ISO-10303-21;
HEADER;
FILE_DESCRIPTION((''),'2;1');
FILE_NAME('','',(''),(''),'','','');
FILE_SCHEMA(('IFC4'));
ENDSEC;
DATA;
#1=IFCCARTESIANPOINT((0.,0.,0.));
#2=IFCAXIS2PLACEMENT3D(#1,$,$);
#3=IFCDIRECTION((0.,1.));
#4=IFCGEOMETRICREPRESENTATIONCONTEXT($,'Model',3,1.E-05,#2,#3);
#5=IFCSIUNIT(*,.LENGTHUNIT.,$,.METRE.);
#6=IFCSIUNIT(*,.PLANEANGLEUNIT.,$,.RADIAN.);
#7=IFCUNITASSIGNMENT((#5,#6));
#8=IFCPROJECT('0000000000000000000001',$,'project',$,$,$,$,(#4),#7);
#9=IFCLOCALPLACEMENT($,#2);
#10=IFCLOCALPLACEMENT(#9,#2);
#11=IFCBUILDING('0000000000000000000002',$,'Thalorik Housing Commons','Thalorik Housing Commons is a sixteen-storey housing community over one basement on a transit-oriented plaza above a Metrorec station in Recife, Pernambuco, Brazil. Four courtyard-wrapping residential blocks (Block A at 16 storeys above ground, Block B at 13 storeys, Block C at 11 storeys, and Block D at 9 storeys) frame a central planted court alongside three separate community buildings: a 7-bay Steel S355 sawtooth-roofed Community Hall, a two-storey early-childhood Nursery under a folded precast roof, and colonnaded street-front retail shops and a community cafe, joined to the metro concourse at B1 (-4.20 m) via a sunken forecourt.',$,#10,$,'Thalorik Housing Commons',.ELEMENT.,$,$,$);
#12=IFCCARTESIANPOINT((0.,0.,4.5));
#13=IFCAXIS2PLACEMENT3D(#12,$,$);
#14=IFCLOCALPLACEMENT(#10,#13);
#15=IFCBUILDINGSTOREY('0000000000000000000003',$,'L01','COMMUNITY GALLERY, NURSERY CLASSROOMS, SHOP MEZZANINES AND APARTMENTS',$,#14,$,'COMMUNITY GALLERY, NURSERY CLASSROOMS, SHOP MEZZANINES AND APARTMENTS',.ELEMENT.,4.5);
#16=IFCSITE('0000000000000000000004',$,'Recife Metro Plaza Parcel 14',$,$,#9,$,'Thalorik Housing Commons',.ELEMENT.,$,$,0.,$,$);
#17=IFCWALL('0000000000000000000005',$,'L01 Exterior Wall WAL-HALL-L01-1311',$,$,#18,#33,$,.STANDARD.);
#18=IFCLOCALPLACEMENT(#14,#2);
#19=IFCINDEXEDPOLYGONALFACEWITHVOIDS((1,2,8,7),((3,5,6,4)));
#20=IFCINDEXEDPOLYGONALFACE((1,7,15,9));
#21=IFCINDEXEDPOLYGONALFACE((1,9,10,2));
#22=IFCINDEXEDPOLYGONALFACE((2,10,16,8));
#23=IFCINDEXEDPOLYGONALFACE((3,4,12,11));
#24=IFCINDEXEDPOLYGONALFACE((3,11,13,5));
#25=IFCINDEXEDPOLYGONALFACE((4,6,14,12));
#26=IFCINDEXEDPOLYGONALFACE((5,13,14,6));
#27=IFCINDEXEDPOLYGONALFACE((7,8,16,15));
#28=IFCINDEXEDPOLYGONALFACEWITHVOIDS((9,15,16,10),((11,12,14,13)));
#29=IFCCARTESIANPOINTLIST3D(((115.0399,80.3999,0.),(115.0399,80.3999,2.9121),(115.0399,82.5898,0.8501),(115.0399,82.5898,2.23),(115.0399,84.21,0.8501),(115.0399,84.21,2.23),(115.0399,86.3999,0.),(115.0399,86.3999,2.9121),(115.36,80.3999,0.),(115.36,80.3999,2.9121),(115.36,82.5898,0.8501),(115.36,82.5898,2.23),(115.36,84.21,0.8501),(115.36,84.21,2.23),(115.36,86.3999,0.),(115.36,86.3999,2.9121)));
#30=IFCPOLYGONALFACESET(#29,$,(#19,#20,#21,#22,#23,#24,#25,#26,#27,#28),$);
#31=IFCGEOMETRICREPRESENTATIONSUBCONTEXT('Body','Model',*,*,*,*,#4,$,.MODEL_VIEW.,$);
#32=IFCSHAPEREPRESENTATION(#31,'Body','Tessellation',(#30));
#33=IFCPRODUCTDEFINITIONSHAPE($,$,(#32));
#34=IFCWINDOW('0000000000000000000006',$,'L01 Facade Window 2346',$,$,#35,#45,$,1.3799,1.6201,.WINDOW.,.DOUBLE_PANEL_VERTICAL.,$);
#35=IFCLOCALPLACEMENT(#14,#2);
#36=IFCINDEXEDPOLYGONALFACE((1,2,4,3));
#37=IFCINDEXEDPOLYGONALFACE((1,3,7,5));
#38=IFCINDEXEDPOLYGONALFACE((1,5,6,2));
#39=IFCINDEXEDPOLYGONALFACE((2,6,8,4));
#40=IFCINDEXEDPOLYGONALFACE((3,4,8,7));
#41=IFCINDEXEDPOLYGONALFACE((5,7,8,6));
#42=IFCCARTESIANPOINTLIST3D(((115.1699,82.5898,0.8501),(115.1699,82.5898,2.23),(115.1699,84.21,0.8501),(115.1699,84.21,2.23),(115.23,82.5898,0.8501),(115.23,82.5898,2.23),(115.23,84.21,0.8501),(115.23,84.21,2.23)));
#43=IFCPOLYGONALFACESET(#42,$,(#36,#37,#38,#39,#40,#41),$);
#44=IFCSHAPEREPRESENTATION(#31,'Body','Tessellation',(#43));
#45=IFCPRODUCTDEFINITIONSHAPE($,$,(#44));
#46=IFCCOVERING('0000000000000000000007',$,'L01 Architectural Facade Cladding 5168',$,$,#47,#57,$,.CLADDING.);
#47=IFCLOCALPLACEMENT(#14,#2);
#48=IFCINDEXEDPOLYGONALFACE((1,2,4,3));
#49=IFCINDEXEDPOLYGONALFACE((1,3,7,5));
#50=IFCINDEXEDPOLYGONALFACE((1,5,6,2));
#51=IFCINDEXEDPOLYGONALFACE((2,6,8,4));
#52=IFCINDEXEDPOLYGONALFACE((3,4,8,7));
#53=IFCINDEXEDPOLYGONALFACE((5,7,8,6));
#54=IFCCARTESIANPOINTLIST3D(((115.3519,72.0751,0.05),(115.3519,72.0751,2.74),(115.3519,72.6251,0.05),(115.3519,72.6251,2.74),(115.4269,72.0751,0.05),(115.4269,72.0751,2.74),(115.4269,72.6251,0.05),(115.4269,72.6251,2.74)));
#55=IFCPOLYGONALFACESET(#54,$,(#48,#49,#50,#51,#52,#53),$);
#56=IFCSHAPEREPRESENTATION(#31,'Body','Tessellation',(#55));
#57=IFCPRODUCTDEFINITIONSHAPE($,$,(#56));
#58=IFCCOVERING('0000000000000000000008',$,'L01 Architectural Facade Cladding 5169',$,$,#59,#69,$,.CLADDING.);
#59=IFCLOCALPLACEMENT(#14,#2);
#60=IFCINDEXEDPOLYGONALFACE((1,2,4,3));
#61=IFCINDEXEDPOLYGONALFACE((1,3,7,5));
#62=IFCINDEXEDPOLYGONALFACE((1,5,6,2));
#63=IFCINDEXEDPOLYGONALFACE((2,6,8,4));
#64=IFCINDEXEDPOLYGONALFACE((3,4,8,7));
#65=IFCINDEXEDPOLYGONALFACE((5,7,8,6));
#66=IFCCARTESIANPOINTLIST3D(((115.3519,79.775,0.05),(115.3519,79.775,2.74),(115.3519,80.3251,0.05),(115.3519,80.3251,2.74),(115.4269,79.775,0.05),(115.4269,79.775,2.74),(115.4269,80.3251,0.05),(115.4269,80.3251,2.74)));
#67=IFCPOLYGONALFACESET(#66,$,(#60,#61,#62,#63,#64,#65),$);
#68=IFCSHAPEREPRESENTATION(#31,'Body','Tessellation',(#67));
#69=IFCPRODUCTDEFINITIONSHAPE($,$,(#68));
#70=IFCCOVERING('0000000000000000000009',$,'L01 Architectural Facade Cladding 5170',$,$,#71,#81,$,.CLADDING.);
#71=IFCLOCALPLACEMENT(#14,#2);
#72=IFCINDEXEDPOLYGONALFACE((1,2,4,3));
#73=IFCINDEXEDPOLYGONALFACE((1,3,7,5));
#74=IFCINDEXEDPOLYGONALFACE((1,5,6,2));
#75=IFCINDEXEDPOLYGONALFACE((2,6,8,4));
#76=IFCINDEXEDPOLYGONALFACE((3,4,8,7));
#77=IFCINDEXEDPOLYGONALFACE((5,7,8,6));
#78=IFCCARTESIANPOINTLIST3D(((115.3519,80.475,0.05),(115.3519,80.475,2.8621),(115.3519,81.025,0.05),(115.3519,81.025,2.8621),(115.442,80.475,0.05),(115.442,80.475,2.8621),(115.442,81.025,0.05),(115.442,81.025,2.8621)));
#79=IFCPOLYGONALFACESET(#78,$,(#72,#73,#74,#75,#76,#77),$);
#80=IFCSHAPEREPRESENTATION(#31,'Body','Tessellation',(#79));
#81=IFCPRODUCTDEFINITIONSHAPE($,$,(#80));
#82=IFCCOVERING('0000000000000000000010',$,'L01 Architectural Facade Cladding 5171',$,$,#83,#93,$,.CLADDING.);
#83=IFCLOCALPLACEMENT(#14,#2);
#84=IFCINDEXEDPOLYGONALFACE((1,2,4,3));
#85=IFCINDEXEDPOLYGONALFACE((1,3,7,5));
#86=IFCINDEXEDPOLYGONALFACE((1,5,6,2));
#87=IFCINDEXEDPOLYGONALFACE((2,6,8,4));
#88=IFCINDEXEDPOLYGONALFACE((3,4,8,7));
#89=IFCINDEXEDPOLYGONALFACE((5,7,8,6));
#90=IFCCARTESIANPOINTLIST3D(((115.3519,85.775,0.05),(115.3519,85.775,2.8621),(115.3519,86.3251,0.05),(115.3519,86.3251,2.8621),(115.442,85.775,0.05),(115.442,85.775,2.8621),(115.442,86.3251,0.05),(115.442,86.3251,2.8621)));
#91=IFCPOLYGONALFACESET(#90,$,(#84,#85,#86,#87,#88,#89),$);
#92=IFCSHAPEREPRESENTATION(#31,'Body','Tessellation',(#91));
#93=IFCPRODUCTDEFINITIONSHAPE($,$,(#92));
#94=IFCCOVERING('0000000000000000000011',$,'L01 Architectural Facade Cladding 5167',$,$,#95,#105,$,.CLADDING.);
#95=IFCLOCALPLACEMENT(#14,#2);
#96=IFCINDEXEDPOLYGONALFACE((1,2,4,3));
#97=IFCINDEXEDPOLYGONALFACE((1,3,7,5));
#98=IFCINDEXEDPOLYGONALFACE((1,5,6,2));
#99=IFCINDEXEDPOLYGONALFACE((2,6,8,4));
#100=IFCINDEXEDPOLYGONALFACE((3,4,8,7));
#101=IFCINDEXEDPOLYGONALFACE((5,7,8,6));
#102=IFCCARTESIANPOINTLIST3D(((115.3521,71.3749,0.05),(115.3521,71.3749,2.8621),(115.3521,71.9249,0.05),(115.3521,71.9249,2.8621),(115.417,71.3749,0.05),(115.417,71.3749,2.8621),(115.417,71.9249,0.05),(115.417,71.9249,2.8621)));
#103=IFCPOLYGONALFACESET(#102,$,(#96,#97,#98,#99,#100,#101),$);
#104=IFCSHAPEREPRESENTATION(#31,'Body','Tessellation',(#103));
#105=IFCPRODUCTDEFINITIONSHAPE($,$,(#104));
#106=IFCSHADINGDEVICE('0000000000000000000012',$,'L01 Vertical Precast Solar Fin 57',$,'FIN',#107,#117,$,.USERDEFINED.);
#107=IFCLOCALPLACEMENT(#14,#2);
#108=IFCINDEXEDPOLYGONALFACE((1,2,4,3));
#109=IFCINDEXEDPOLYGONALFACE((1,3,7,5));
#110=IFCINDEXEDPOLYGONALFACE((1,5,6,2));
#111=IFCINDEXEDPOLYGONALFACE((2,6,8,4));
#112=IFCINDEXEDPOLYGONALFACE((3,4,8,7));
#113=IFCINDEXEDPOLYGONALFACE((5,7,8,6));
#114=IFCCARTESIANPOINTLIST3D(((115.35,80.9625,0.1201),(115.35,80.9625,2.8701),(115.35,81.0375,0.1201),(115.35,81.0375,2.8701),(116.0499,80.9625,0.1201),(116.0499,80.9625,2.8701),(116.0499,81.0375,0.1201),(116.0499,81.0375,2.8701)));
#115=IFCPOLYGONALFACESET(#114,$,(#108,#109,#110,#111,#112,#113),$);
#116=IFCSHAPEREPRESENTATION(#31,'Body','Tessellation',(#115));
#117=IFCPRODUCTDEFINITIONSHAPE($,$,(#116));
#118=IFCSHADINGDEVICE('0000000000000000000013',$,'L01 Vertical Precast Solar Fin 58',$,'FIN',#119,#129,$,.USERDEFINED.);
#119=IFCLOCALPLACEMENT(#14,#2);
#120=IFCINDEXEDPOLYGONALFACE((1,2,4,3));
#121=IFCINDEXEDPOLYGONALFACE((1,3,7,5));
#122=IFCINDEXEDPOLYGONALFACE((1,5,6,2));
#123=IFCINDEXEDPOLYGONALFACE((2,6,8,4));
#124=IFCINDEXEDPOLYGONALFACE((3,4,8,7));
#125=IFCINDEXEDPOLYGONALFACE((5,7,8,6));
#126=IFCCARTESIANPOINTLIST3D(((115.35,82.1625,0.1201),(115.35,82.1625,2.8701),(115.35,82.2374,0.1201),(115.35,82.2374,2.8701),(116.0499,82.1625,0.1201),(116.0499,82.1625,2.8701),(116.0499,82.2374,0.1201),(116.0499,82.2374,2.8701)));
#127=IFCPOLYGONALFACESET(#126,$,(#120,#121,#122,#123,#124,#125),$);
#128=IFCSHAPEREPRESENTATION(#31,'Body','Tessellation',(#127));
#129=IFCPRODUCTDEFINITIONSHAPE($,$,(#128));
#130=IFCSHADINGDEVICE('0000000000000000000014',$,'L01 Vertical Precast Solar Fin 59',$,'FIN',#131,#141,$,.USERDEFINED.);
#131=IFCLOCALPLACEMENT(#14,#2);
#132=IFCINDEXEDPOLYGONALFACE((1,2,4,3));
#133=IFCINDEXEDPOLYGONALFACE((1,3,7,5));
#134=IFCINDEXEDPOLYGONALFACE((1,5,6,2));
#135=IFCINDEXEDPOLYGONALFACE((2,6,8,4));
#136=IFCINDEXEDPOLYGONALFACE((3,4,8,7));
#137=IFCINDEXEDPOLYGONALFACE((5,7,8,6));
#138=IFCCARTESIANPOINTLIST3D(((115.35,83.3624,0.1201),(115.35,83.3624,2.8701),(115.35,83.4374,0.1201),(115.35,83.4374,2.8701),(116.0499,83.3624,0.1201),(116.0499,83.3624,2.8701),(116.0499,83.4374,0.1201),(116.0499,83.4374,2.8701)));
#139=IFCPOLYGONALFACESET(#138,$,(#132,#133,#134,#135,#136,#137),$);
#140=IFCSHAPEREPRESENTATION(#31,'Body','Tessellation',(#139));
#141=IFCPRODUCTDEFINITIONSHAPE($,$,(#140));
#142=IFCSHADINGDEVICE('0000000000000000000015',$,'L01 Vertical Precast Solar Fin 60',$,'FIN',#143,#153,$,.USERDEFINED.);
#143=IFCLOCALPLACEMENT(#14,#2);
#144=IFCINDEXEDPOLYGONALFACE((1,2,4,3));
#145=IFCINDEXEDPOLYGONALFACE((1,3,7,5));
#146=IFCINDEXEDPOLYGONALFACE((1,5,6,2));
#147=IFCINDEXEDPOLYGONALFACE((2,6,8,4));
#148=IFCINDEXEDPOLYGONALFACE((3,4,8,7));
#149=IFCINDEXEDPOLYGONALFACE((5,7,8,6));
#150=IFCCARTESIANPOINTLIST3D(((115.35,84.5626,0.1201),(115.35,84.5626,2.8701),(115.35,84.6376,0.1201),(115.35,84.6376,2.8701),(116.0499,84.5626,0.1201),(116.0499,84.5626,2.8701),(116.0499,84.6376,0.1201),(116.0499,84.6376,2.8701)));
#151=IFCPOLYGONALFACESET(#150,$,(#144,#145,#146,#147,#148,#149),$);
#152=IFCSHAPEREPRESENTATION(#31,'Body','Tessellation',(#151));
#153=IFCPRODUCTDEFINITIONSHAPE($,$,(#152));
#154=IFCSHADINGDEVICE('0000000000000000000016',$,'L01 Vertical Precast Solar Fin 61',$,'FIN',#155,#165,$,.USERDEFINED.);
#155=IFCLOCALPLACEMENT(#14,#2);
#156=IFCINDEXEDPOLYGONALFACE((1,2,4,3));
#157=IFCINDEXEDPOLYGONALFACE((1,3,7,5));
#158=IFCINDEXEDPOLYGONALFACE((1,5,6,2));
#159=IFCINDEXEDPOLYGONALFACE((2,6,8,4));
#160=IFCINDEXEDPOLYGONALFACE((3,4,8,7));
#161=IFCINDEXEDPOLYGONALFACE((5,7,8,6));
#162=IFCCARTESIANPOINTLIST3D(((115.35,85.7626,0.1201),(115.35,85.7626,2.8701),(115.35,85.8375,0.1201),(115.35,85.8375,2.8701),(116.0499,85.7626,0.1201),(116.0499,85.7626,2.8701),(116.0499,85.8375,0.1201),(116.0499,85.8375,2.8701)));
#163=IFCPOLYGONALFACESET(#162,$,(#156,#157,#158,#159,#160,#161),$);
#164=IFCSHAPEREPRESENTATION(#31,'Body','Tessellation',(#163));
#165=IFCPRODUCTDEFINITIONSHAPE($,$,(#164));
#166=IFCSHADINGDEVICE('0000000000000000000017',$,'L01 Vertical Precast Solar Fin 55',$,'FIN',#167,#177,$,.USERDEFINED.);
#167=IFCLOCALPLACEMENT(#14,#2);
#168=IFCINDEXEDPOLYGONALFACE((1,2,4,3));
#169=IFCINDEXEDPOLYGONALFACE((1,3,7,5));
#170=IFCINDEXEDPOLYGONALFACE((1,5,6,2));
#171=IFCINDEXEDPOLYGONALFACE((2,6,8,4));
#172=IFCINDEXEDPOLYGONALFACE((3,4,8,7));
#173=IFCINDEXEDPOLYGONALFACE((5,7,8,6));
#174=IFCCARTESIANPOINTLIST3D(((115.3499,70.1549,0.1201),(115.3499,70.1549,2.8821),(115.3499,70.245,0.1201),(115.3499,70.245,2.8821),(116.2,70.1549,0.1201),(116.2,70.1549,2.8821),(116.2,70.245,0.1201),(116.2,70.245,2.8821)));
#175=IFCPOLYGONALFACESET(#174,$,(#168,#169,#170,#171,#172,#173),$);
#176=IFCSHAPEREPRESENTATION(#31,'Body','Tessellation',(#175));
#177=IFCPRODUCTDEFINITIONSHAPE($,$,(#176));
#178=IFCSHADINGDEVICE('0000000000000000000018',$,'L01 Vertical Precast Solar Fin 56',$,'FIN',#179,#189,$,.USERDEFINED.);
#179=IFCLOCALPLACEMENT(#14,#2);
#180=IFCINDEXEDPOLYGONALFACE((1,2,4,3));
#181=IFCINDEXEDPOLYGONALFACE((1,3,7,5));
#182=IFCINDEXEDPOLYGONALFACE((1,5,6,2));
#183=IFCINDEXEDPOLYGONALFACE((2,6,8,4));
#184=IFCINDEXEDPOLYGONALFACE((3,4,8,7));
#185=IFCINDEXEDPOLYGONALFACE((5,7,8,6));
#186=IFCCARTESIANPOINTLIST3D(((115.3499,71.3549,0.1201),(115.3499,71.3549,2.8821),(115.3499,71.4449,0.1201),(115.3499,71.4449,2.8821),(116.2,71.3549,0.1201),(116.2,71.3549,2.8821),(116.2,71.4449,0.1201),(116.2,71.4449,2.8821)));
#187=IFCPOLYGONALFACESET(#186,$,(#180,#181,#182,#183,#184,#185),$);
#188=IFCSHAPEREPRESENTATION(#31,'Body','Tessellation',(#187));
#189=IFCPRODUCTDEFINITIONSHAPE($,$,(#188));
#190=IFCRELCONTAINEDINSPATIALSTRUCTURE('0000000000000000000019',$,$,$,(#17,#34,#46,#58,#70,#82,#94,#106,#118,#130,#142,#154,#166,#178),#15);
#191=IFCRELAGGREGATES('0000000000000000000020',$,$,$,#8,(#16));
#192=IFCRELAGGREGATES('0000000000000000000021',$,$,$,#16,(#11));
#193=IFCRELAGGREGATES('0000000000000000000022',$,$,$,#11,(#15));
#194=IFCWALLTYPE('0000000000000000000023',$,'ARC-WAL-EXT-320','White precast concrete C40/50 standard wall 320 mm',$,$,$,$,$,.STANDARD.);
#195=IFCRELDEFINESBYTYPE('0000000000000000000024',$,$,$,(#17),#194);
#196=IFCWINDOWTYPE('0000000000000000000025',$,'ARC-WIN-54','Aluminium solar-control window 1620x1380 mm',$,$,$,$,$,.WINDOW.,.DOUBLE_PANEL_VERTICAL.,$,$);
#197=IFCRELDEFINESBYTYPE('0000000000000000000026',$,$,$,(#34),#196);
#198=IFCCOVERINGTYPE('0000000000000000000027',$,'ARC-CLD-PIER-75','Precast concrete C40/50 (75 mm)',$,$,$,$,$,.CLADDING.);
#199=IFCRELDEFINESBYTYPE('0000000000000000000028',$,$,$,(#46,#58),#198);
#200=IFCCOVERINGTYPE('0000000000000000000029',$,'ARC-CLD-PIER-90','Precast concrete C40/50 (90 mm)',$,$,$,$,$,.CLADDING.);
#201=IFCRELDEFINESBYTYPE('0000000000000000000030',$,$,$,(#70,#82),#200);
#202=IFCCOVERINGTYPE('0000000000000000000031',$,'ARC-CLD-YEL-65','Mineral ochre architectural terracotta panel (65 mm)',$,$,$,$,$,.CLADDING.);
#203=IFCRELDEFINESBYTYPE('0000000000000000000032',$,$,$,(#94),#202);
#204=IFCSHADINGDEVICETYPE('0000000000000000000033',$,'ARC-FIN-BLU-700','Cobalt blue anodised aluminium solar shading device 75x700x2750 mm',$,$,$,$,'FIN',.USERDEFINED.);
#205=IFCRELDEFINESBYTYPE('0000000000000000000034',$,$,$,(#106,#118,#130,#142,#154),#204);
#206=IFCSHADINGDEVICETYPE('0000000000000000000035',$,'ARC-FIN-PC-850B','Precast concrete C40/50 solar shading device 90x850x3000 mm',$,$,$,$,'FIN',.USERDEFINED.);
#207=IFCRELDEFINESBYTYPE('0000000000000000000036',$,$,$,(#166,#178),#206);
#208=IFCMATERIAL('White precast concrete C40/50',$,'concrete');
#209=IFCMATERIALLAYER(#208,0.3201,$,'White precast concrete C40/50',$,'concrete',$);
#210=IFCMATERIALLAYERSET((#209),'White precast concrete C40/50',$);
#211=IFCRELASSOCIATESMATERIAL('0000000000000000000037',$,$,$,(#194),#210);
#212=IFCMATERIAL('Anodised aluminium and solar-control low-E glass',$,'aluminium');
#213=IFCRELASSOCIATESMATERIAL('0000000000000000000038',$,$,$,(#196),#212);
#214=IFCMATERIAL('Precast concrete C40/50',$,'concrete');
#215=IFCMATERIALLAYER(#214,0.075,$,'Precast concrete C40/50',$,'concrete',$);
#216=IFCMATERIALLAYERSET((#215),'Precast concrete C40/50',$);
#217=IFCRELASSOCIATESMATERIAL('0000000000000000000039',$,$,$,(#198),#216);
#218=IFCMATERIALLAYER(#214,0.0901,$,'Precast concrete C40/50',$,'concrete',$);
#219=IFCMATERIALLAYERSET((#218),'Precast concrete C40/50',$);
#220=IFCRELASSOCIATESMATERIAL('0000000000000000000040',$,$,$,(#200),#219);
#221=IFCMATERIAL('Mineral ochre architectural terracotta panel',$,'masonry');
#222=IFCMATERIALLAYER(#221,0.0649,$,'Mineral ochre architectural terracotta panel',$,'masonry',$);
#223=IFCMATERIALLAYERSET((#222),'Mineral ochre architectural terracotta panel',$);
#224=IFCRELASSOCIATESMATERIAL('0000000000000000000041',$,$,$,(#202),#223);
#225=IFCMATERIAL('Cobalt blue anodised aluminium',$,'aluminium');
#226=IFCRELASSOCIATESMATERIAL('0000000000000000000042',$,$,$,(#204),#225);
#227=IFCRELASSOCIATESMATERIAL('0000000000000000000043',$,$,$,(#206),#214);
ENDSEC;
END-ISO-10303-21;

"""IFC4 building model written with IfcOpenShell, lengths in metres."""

from ifc_helpers import new_model, si_unit, direction, frame, frame_2d, origin, origin_2d, place, context, subcontext, project, spatial, rectangle, extrude, material, layer, layer_set, type_object, element, fill, save


model = new_model("IFC4")

# Units and contexts
model_context = context("Model", 3, precision=1e-05, world=origin(), true_north=direction((0.0, 1.0)))
body_context = subcontext(model_context, "Body", "Model", "MODEL_VIEW")
ifc_project = project(units=[si_unit("LENGTHUNIT", "METRE"), si_unit("PLANEANGLEUNIT", "RADIAN")], contexts=[model_context])

# Site, building, storey
site_placement = place(None, origin())
site = spatial("IfcSite", under=ifc_project, at=site_placement, Name="Recife Metro Plaza Parcel 14", LongName="Thalorik Housing Commons", CompositionType="ELEMENT", RefElevation=0.0)
building_placement = place(site_placement, origin())
building = spatial("IfcBuilding", under=site, at=building_placement, Name="Thalorik Housing Commons", Description="Thalorik Housing Commons is a sixteen-storey housing community over one basement on a transit-oriented plaza above a Metrorec station in Recife, Pernambuco, Brazil. Four courtyard-wrapping residential blocks (Block A at 16 storeys above ground, Block B at 13 storeys, Block C at 11 storeys, and Block D at 9 storeys) frame a central planted court alongside three separate community buildings: a 7-bay Steel S355 sawtooth-roofed Community Hall, a two-storey early-childhood Nursery under a folded precast roof, and colonnaded street-front retail shops and a community cafe, joined to the metro concourse at B1 (-4.20 m) via a sunken forecourt.", LongName="Thalorik Housing Commons", CompositionType="ELEMENT")
storey_placement = place(building_placement, frame((0.0, 0.0, 4.5)))
storey = spatial("IfcBuildingStorey", under=building, at=storey_placement, Name="L01", Description="COMMUNITY GALLERY, NURSERY CLASSROOMS, SHOP MEZZANINES AND APARTMENTS", LongName="COMMUNITY GALLERY, NURSERY CLASSROOMS, SHOP MEZZANINES AND APARTMENTS", CompositionType="ELEMENT", Elevation=4.5)

# Wall, opening, window
ifc_material_1 = material(Name="White precast concrete C40/50", Category="concrete")
ifc_layer_1 = layer(ifc_material_1, 0.3201, Name="White precast concrete C40/50", Category="concrete")
ifc_layer_set_1 = layer_set([ifc_layer_1], Name="White precast concrete C40/50")
wall_type = type_object("IfcWallType", Name="ARC-WAL-EXT-320", Description="White precast concrete C40/50 standard wall 320 mm", PredefinedType="STANDARD", material=ifc_layer_set_1)
ifc_material_2 = material(Name="Anodised aluminium and solar-control low-E glass", Category="aluminium")
wall_1_placement = place(storey_placement, frame((115.2, 80.3999, 0.0), z_axis=(0.0, 0.0, 1.0), x_axis=(0.0, 1.0, 0.0)))
wall_1 = element("IfcWall", 1, at=wall_1_placement, inside=storey, type_object=wall_type, Name="L01 Exterior Wall WAL-HALL-L01-1311", PredefinedType="STANDARD", context=body_context, shape_type="SweptSolid", body=[
    extrude(rectangle(XDim=6.0, YDim=0.3201, at=frame_2d((3.0, 0.0))), origin(), (0.0, 0.0, 1.0), 2.9121),
])
opening_1_placement = place(wall_1_placement, frame((2.1899, 0.0, 0.8501)))
opening_1 = element("IfcOpeningElement", 2, at=opening_1_placement, cuts=wall_1, PredefinedType="OPENING", context=body_context, shape_type="SweptSolid", body=[
    extrude(rectangle(XDim=1.6201, YDim=1.3799, at=frame_2d((0.8101, 0.6899))), frame((0.0, 0.1699, 0.0), z_axis=(0.0, -1.0, 0.0), x_axis=(1.0, 0.0, 0.0)), (0.0, 0.0, 1.0), 0.3401),
])
window_type_1 = type_object("IfcWindowType", Name="ARC-WIN-54", Description="Aluminium solar-control window 1620x1380 mm", PartitioningType="DOUBLE_PANEL_VERTICAL", PredefinedType="WINDOW", material=ifc_material_2)
window_1_placement = place(opening_1_placement, origin())
window_1 = element("IfcWindow", 3, at=window_1_placement, inside=storey, type_object=window_type_1, Name="L01 Facade Window 2346", OverallHeight=1.3799, OverallWidth=1.6201, PartitioningType="DOUBLE_PANEL_VERTICAL", PredefinedType="WINDOW", context=body_context, shape_type="SweptSolid", body=[
    extrude(rectangle(XDim=1.6201, YDim=1.3799, at=frame_2d((0.8101, 0.6899))), frame((0.0, 0.03, 0.0), z_axis=(0.0, -1.0, 0.0), x_axis=(1.0, 0.0, 0.0)), (0.0, 0.0, 1.0), 0.0601),
])
fill(opening_1, window_1)

# Coverings
ifc_material_3 = material(Name="Precast concrete C40/50", Category="concrete")
ifc_layer_2 = layer(ifc_material_3, 0.075, Name="Precast concrete C40/50", Category="concrete")
ifc_layer_set_2 = layer_set([ifc_layer_2], Name="Precast concrete C40/50")
covering_type_1 = type_object("IfcCoveringType", Name="ARC-CLD-PIER-75", Description="Precast concrete C40/50 (75 mm)", PredefinedType="CLADDING", material=ifc_layer_set_2)
for number, where, z_axis, x_axis, name in (
    (4, (115.3894, 72.3501, 0.05), (0.0, 0.0, 1.0), (0.0, 1.0, 0.0), "L01 Architectural Facade Cladding 5168"),
    (5, (115.3894, 80.05, 0.05), (0.0, 0.0, 1.0), (0.0, 1.0, 0.0), "L01 Architectural Facade Cladding 5169"),
):
    element("IfcCovering", number, at=place(storey_placement, frame(where, z_axis=z_axis, x_axis=x_axis)), inside=storey, type_object=covering_type_1, Name=name, PredefinedType="CLADDING", context=body_context, shape_type="SweptSolid", body=[
        extrude(rectangle(XDim=0.55, YDim=0.075, at=origin_2d()), origin(), (0.0, 0.0, 1.0), 2.6899),
    ])
ifc_layer_3 = layer(ifc_material_3, 0.0901, Name="Precast concrete C40/50", Category="concrete")
ifc_layer_set_3 = layer_set([ifc_layer_3], Name="Precast concrete C40/50")
covering_type_2 = type_object("IfcCoveringType", Name="ARC-CLD-PIER-90", Description="Precast concrete C40/50 (90 mm)", PredefinedType="CLADDING", material=ifc_layer_set_3)
for number, where, z_axis, x_axis, name in (
    (6, (115.397, 80.75, 0.05), (0.0, 0.0, 1.0), (0.0, 1.0, 0.0), "L01 Architectural Facade Cladding 5170"),
    (7, (115.397, 86.05, 0.05), (0.0, 0.0, 1.0), (0.0, 1.0, 0.0), "L01 Architectural Facade Cladding 5171"),
):
    element("IfcCovering", number, at=place(storey_placement, frame(where, z_axis=z_axis, x_axis=x_axis)), inside=storey, type_object=covering_type_2, Name=name, PredefinedType="CLADDING", context=body_context, shape_type="SweptSolid", body=[
        extrude(rectangle(XDim=0.55, YDim=0.0901, at=origin_2d()), origin(), (0.0, 0.0, 1.0), 2.812),
    ])
ifc_material_4 = material(Name="Mineral ochre architectural terracotta panel", Category="masonry")
ifc_layer_4 = layer(ifc_material_4, 0.0649, Name="Mineral ochre architectural terracotta panel", Category="masonry")
ifc_layer_set_4 = layer_set([ifc_layer_4], Name="Mineral ochre architectural terracotta panel")
covering_type_3 = type_object("IfcCoveringType", Name="ARC-CLD-YEL-65", Description="Mineral ochre architectural terracotta panel (65 mm)", PredefinedType="CLADDING", material=ifc_layer_set_4)
covering_placement = place(storey_placement, frame((115.3845, 71.6499, 0.05), z_axis=(0.0, 0.0, 1.0), x_axis=(0.0, 1.0, 0.0)))
element("IfcCovering", 8, at=covering_placement, inside=storey, type_object=covering_type_3, Name="L01 Architectural Facade Cladding 5167", PredefinedType="CLADDING", context=body_context, shape_type="SweptSolid", body=[
    extrude(rectangle(XDim=0.55, YDim=0.0649, at=origin_2d()), origin(), (0.0, 0.0, 1.0), 2.812),
])

# Shading devices
ifc_material_5 = material(Name="Cobalt blue anodised aluminium", Category="aluminium")
shading_device_type_1 = type_object("IfcShadingDeviceType", Name="ARC-FIN-BLU-700", Description="Cobalt blue anodised aluminium solar shading device 75x700x2750 mm", ElementType="FIN", PredefinedType="USERDEFINED", material=ifc_material_5)
for number, where, z_axis, x_axis, name in (
    (9, (115.7, 81.0, 0.1201), (0.0, 0.0, 1.0), (0.0, 1.0, 0.0), "L01 Vertical Precast Solar Fin 57"),
    (10, (115.7, 82.2, 0.1201), (0.0, 0.0, 1.0), (0.0, 1.0, 0.0), "L01 Vertical Precast Solar Fin 58"),
    (11, (115.7, 83.3999, 0.1201), (0.0, 0.0, 1.0), (0.0, 1.0, 0.0), "L01 Vertical Precast Solar Fin 59"),
    (12, (115.7, 84.6001, 0.1201), (0.0, 0.0, 1.0), (0.0, 1.0, 0.0), "L01 Vertical Precast Solar Fin 60"),
    (13, (115.7, 85.8, 0.1201), (0.0, 0.0, 1.0), (0.0, 1.0, 0.0), "L01 Vertical Precast Solar Fin 61"),
):
    element("IfcShadingDevice", number, at=place(storey_placement, frame(where, z_axis=z_axis, x_axis=x_axis)), inside=storey, type_object=shading_device_type_1, Name=name, ObjectType="FIN", PredefinedType="USERDEFINED", context=body_context, shape_type="SweptSolid", body=[
        extrude(rectangle(XDim=0.075, YDim=0.7, at=origin_2d()), origin(), (0.0, 0.0, 1.0), 2.75),
    ])
shading_device_type_2 = type_object("IfcShadingDeviceType", Name="ARC-FIN-PC-850B", Description="Precast concrete C40/50 solar shading device 90x850x3000 mm", ElementType="FIN", PredefinedType="USERDEFINED", material=ifc_material_3)
for number, where, z_axis, x_axis, name in (
    (14, (115.7749, 70.2, 0.1201), (0.0, 0.0, 1.0), (0.0, 1.0, 0.0), "L01 Vertical Precast Solar Fin 55"),
    (15, (115.7749, 71.3999, 0.1201), (0.0, 0.0, 1.0), (0.0, 1.0, 0.0), "L01 Vertical Precast Solar Fin 56"),
):
    element("IfcShadingDevice", number, at=place(storey_placement, frame(where, z_axis=z_axis, x_axis=x_axis)), inside=storey, type_object=shading_device_type_2, Name=name, ObjectType="FIN", PredefinedType="USERDEFINED", context=body_context, shape_type="SweptSolid", body=[
        extrude(rectangle(XDim=0.0901, YDim=0.8501, at=origin_2d()), origin(), (0.0, 0.0, 1.0), 2.762),
    ])

save(model, "model.ifc")
